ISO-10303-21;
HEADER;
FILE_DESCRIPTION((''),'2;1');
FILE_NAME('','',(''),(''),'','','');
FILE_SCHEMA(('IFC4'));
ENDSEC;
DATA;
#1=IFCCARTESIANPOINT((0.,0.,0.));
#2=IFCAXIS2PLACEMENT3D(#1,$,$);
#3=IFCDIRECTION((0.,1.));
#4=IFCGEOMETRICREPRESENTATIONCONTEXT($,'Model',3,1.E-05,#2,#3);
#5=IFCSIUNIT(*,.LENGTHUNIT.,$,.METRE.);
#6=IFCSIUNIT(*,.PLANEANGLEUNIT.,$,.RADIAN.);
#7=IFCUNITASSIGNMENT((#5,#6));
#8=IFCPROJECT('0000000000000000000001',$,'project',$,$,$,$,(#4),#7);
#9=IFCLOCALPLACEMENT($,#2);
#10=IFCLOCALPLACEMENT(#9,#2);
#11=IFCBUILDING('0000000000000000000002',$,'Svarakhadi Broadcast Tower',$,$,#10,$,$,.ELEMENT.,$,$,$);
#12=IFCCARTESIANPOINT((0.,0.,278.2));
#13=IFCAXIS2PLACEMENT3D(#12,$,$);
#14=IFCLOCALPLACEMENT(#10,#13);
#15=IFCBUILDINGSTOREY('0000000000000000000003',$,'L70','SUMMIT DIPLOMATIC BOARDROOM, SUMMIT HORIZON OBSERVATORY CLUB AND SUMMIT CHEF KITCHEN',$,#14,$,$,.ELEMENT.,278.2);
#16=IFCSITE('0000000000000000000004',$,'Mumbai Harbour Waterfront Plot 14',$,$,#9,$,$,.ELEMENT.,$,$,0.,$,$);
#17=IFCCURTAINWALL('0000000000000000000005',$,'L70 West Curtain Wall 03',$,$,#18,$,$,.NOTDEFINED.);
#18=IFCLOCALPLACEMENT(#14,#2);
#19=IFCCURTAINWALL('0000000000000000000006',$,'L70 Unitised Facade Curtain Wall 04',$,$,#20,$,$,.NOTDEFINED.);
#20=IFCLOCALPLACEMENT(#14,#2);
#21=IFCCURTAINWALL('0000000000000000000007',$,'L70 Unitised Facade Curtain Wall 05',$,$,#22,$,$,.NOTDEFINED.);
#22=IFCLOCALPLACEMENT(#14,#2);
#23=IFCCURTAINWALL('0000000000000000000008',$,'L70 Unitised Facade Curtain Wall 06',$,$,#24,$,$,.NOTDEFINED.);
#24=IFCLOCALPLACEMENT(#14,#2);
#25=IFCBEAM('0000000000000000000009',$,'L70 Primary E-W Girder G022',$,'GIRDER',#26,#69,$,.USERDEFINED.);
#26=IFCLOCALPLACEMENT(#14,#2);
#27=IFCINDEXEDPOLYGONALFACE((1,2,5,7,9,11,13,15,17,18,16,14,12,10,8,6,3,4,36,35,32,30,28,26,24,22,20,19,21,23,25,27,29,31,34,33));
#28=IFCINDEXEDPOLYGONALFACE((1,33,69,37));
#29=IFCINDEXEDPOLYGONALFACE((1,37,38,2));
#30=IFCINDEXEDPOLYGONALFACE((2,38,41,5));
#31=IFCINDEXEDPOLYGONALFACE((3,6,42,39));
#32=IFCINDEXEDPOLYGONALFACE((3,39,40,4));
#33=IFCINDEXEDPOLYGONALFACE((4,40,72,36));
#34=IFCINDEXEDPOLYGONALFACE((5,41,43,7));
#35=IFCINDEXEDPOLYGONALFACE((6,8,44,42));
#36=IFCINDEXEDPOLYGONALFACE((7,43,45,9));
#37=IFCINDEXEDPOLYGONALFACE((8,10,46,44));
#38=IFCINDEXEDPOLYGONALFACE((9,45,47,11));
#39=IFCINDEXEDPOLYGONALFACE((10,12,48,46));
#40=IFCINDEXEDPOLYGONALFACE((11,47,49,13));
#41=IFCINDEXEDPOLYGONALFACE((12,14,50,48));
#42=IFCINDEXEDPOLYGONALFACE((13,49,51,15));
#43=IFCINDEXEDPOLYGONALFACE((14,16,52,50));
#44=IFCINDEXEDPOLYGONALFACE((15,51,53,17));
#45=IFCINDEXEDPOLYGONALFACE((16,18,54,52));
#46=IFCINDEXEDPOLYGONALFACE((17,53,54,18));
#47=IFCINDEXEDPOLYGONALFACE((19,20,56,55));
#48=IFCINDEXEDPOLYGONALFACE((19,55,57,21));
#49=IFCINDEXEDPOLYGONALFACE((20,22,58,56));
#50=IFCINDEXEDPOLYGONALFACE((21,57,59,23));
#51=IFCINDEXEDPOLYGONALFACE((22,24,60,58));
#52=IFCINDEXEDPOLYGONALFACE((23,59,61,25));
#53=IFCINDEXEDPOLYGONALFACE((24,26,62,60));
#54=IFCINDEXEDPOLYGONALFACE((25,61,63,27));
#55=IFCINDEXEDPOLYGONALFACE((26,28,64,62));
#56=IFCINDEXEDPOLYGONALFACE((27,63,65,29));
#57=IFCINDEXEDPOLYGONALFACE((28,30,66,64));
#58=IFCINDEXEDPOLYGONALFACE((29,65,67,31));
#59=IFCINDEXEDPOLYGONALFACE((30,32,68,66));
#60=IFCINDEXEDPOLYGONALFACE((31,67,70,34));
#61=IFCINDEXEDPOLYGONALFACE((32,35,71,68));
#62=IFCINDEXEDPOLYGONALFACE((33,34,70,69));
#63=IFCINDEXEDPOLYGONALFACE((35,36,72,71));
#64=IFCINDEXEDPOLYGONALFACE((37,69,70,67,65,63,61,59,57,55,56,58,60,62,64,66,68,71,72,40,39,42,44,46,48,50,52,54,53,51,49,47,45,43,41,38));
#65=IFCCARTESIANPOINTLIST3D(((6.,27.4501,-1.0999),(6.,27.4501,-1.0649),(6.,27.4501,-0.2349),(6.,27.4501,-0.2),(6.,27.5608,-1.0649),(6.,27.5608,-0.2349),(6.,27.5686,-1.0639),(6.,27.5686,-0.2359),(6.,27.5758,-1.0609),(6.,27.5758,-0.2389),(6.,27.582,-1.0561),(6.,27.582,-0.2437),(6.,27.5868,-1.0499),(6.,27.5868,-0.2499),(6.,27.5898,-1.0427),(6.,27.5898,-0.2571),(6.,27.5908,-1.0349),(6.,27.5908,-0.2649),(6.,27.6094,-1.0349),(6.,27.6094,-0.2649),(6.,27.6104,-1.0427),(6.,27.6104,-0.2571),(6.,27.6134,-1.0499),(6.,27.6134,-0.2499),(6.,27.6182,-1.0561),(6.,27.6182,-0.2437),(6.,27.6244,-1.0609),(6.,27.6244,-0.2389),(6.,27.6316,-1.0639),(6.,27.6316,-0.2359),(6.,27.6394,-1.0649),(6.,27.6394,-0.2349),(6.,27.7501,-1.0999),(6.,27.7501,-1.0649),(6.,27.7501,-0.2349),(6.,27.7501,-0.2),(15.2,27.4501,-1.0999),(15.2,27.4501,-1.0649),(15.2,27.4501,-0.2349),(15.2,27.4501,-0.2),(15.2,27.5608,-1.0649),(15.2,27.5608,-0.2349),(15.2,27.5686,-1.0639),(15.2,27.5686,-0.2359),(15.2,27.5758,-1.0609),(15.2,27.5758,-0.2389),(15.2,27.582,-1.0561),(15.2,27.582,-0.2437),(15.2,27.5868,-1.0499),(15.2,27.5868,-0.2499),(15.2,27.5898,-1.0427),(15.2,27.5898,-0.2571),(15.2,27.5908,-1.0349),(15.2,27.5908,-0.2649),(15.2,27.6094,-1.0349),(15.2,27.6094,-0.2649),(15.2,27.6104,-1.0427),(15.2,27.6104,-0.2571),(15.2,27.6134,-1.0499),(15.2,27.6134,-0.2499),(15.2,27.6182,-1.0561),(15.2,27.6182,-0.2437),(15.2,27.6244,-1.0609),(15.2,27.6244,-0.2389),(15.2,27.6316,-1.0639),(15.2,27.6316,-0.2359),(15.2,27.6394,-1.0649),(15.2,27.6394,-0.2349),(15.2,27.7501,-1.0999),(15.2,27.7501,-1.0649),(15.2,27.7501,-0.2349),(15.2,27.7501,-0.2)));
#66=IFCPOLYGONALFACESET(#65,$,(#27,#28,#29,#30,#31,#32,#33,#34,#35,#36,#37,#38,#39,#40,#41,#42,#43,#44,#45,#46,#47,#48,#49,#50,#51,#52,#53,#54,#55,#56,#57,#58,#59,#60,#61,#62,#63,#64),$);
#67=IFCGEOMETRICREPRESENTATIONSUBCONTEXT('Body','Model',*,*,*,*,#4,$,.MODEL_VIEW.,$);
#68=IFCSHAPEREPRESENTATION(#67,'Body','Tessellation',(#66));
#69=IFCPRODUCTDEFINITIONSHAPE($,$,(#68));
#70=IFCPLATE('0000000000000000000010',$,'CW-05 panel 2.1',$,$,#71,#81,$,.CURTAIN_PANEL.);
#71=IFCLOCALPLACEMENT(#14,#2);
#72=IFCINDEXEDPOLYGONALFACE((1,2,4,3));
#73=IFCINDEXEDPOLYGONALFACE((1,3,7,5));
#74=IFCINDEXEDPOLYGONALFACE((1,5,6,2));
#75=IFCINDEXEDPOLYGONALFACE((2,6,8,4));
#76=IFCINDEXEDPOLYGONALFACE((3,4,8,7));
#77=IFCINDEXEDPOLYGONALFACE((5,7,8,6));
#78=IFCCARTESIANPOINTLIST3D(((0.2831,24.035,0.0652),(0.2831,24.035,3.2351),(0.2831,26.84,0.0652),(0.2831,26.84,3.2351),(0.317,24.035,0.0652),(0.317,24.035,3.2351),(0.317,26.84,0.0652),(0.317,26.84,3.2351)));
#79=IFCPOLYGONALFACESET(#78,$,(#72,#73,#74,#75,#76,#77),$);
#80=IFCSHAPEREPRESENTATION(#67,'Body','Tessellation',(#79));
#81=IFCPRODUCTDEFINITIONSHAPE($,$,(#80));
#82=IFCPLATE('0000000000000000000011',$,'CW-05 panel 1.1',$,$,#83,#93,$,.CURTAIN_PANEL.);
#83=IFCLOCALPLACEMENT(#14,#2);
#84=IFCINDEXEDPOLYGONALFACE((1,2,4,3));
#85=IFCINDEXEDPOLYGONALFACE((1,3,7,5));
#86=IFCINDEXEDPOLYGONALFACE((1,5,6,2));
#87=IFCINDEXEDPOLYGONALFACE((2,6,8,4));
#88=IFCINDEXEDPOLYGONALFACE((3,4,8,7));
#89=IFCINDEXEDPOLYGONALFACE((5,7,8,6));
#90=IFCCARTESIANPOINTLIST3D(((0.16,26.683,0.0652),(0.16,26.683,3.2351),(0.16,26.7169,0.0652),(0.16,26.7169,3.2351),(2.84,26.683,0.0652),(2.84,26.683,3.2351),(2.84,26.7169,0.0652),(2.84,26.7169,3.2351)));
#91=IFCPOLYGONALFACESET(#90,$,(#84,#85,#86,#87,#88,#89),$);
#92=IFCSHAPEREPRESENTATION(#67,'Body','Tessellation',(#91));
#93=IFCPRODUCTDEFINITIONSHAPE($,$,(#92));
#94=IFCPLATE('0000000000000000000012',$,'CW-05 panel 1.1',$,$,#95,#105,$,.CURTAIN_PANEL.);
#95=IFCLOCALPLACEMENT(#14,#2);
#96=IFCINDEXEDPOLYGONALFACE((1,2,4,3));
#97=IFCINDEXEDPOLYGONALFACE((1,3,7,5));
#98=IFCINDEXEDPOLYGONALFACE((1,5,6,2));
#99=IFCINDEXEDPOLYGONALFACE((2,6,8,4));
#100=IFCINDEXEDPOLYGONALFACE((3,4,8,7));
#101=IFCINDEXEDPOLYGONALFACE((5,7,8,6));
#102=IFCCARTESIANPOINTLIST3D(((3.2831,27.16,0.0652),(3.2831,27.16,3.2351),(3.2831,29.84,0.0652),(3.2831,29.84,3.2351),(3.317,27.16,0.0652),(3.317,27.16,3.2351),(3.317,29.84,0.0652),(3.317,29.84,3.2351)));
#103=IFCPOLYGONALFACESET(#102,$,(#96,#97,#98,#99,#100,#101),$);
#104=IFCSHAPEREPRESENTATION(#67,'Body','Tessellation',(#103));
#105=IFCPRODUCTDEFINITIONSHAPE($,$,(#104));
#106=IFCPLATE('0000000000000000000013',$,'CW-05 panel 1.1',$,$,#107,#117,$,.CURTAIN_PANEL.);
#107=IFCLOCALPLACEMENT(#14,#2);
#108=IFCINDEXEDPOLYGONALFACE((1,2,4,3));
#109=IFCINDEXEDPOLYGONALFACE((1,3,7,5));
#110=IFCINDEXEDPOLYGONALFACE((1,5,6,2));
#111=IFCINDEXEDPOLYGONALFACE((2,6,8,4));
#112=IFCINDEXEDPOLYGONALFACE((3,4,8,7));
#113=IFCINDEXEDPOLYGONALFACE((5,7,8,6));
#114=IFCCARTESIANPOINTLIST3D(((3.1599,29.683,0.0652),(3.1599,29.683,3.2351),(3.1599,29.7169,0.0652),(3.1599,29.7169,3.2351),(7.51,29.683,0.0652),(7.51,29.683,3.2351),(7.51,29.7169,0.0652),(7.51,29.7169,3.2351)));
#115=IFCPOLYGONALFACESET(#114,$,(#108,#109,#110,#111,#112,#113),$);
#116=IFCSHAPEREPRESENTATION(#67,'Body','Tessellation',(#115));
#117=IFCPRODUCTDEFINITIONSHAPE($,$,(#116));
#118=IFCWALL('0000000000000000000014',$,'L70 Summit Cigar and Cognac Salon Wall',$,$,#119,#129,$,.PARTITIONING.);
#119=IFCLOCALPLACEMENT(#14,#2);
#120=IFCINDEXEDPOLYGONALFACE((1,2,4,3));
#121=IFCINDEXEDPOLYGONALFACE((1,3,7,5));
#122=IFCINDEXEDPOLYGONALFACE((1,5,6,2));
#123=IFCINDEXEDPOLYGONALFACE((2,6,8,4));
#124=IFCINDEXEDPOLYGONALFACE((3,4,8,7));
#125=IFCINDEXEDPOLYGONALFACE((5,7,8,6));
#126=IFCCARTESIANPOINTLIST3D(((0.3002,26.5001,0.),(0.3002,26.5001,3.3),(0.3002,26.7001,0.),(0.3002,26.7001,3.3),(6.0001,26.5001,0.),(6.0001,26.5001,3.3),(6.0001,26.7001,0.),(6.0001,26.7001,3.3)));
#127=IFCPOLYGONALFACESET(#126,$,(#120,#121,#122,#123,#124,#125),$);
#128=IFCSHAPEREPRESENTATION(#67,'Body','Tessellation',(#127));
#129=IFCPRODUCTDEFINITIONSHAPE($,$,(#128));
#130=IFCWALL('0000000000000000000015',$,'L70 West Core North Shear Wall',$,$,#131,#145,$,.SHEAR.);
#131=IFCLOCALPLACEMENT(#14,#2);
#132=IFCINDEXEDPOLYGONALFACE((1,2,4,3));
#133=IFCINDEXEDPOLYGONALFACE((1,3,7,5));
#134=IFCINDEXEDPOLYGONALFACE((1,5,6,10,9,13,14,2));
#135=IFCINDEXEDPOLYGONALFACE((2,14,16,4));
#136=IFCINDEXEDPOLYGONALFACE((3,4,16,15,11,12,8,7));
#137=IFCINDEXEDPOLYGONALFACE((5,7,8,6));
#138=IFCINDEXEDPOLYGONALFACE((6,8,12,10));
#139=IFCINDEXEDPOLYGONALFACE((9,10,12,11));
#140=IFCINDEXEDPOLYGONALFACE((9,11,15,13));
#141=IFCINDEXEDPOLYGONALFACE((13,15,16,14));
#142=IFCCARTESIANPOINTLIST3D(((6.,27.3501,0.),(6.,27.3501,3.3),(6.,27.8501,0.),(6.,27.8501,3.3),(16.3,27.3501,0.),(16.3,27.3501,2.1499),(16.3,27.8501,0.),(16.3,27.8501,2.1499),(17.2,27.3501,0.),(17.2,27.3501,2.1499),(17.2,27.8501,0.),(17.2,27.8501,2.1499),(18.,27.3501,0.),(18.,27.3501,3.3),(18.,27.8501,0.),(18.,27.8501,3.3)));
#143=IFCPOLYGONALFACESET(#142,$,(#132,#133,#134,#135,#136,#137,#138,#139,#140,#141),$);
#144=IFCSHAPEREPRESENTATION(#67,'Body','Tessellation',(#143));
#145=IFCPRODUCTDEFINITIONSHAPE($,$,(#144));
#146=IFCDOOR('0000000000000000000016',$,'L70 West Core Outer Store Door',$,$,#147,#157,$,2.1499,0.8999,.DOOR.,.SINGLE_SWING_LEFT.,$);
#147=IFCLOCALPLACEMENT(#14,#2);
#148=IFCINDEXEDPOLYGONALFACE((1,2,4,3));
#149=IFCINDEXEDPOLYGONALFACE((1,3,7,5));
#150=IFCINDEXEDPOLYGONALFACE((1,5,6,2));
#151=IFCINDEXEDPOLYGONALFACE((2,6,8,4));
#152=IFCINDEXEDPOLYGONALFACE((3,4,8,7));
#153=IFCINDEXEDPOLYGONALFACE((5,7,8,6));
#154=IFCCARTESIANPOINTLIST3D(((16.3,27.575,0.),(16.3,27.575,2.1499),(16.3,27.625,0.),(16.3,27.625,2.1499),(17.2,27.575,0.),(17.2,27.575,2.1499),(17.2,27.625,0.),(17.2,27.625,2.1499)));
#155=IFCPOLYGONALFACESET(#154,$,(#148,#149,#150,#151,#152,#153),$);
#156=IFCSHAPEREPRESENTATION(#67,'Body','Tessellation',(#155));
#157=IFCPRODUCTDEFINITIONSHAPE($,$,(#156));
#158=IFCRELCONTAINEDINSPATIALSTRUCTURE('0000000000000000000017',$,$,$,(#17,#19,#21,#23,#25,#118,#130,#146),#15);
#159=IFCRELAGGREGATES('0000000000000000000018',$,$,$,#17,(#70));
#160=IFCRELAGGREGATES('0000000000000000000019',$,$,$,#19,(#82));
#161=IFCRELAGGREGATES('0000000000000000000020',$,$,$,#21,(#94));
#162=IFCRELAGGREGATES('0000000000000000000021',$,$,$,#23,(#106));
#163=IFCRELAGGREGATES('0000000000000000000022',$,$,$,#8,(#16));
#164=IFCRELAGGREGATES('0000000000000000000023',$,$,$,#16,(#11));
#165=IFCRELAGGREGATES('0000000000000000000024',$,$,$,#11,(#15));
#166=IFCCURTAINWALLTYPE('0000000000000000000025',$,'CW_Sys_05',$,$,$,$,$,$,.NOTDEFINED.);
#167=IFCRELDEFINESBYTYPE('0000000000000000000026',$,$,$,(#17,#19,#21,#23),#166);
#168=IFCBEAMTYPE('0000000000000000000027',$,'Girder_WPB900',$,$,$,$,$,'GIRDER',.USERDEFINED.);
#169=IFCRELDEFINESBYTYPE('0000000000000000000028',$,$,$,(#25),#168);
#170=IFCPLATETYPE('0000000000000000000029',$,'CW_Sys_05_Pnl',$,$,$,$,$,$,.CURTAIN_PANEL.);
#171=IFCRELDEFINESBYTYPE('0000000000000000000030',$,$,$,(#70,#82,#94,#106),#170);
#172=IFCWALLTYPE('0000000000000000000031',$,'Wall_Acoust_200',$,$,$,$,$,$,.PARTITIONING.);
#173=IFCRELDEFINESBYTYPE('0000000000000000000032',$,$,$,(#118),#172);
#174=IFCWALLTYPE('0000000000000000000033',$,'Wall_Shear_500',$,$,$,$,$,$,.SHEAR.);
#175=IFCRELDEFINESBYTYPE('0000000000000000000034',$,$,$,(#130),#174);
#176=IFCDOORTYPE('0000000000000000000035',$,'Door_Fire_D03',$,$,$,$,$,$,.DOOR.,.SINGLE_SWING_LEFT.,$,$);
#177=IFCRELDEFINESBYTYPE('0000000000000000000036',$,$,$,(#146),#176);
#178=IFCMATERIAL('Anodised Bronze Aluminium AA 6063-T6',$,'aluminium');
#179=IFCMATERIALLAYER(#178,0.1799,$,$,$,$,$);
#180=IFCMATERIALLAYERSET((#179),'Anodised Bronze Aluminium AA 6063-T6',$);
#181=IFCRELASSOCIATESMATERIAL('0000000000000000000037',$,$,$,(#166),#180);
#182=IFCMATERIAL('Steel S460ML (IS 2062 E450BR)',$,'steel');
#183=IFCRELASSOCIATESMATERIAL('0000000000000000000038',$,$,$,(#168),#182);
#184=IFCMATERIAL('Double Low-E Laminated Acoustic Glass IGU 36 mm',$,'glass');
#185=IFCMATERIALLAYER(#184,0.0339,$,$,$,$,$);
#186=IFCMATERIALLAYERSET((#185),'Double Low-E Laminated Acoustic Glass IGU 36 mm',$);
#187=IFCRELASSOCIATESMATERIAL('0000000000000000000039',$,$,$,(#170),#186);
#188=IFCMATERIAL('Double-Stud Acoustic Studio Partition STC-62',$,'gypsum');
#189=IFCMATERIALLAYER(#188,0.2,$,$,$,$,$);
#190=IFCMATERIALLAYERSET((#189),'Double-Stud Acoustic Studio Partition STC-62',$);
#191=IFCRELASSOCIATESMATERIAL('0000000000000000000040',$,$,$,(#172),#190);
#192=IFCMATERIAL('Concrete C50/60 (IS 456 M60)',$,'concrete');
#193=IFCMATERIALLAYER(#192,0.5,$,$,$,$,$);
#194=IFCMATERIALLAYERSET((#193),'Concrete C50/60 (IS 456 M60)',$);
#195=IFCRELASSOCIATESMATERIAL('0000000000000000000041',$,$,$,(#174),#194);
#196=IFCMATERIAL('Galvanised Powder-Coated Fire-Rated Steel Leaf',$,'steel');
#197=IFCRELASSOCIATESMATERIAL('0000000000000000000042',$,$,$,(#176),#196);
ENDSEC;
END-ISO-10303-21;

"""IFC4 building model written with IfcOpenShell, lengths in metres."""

from ifc_helpers import new_model, si_unit, direction, frame, frame_2d, origin, origin_2d, place, context, subcontext, project, spatial, rectangle, i_section, extrude, material, layer, layer_set, material_profile, profile_set, type_object, element, fill, aggregate, save


model = new_model("IFC4")

# Units and contexts
model_context = context("Model", 3, precision=1e-05, world=origin(), true_north=direction((0.0, 1.0)))
body_context = subcontext(model_context, "Body", "Model", "MODEL_VIEW")
ifc_project = project(units=[si_unit("LENGTHUNIT", "METRE"), si_unit("PLANEANGLEUNIT", "RADIAN")], contexts=[model_context])

# Site, building, storey
site_placement = place(None, origin())
site = spatial("IfcSite", under=ifc_project, at=site_placement, Name="Mumbai Harbour Waterfront Plot 14", CompositionType="ELEMENT", RefElevation=0.0)
building_placement = place(site_placement, origin())
building = spatial("IfcBuilding", under=site, at=building_placement, Name="Svarakhadi Broadcast Tower", CompositionType="ELEMENT")
storey_placement = place(building_placement, frame((0.0, 0.0, 278.2)))
storey = spatial("IfcBuildingStorey", under=building, at=storey_placement, Name="L70", Description="SUMMIT DIPLOMATIC BOARDROOM, SUMMIT HORIZON OBSERVATORY CLUB AND SUMMIT CHEF KITCHEN", CompositionType="ELEMENT", Elevation=278.2)

# Shared definitions
ifc_material_1 = material(Name="Concrete C50/60 (IS 456 M60)", Category="concrete")
ifc_material_2 = material(Name="Steel S460ML (IS 2062 E450BR)", Category="steel")

# Curtain wall
ifc_material_3 = material(Name="Anodised Bronze Aluminium AA 6063-T6", Category="aluminium")
ifc_layer_1 = layer(ifc_material_3, 0.1799)
ifc_layer_set_1 = layer_set([ifc_layer_1], Name="Anodised Bronze Aluminium AA 6063-T6")
curtain_wall_type = type_object("IfcCurtainWallType", Name="CW_Sys_05", PredefinedType="NOTDEFINED", material=ifc_layer_set_1)
curtain_wall_1_placement = place(storey_placement, origin())
curtain_wall_1 = element("IfcCurtainWall", 1, at=curtain_wall_1_placement, inside=storey, type_object=curtain_wall_type, Name="L70 West Curtain Wall 03", PredefinedType="NOTDEFINED")

# Curtain walls
curtain_wall_2_placement = place(storey_placement, origin())
curtain_wall_2 = element("IfcCurtainWall", 2, at=curtain_wall_2_placement, inside=storey, type_object=curtain_wall_type, Name="L70 Unitised Facade Curtain Wall 04", PredefinedType="NOTDEFINED")
curtain_wall_3_placement = place(storey_placement, origin())
curtain_wall_3 = element("IfcCurtainWall", 3, at=curtain_wall_3_placement, inside=storey, type_object=curtain_wall_type, Name="L70 Unitised Facade Curtain Wall 05", PredefinedType="NOTDEFINED")

# Curtain wall
curtain_wall_4_placement = place(storey_placement, origin())
curtain_wall_4 = element("IfcCurtainWall", 4, at=curtain_wall_4_placement, inside=storey, type_object=curtain_wall_type, Name="L70 Unitised Facade Curtain Wall 06", PredefinedType="NOTDEFINED")

# Beam
ifc_material_profile_1 = material_profile(ifc_material_2, i_section(OverallWidth=0.3, OverallDepth=0.8999, WebThickness=0.0186, FlangeThickness=0.0349, FilletRadius=0.03, at=origin_2d()), Name="WPB 900x300x291")
ifc_profile_set_1 = profile_set([ifc_material_profile_1], Name="Steel S460ML (IS 2062 E450BR)")
beam_type_1 = type_object("IfcBeamType", Name="Girder_WPB900", ElementType="GIRDER", PredefinedType="USERDEFINED", material=ifc_profile_set_1)
beam_1_placement = place(storey_placement, frame((6.0, 27.6001, -0.6499), z_axis=(1.0, 0.0, 0.0), x_axis=(0.0, 1.0, 0.0)))
element("IfcBeam", 5, at=beam_1_placement, inside=storey, type_object=beam_type_1, Name="L70 Primary E-W Girder G022", ObjectType="GIRDER", PredefinedType="USERDEFINED", context=body_context, shape_type="SweptSolid", body=[
    extrude(i_section(OverallWidth=0.3, OverallDepth=0.8999, WebThickness=0.0186, FlangeThickness=0.0349, FilletRadius=0.03, at=origin_2d()), origin(), (0.0, 0.0, 1.0), 9.2),
])

# Plates
ifc_material_4 = material(Name="Double Low-E Laminated Acoustic Glass IGU 36 mm", Category="glass")
ifc_layer_2 = layer(ifc_material_4, 0.0339)
ifc_layer_set_2 = layer_set([ifc_layer_2], Name="Double Low-E Laminated Acoustic Glass IGU 36 mm")
plate_type = type_object("IfcPlateType", Name="CW_Sys_05_Pnl", PredefinedType="CURTAIN_PANEL", material=ifc_layer_set_2)
plate_1_placement = place(storey_placement, frame((0.3, 25.4375, 0.0652), z_axis=(0.0, 0.0, 1.0), x_axis=(0.0, 1.0, 0.0)))
plate_1 = element("IfcPlate", 6, at=plate_1_placement, type_object=plate_type, Name="CW-05 panel 2.1", PredefinedType="CURTAIN_PANEL", context=body_context, shape_type="SweptSolid", body=[
    extrude(rectangle(XDim=2.8049, YDim=0.0339, at=origin_2d()), origin(), (0.0, 0.0, 1.0), 3.1699),
])
aggregate(curtain_wall_1, [plate_1])
plate_2_placement = place(storey_placement, frame((1.5, 26.7, 0.0652), z_axis=(0.0, 0.0, 1.0), x_axis=(1.0, 0.0, 0.0)))
plate_2 = element("IfcPlate", 7, at=plate_2_placement, type_object=plate_type, Name="CW-05 panel 1.1", PredefinedType="CURTAIN_PANEL", context=body_context, shape_type="SweptSolid", body=[
    extrude(rectangle(XDim=2.6799, YDim=0.0339, at=origin_2d()), origin(), (0.0, 0.0, 1.0), 3.1699),
])
aggregate(curtain_wall_2, [plate_2])
plate_3_placement = place(storey_placement, frame((3.3, 28.5, 0.0652), z_axis=(0.0, 0.0, 1.0), x_axis=(0.0, 1.0, 0.0)))
plate_3 = element("IfcPlate", 8, at=plate_3_placement, type_object=plate_type, Name="CW-05 panel 1.1", PredefinedType="CURTAIN_PANEL", context=body_context, shape_type="SweptSolid", body=[
    extrude(rectangle(XDim=2.6799, YDim=0.0339, at=origin_2d()), origin(), (0.0, 0.0, 1.0), 3.1699),
])
aggregate(curtain_wall_3, [plate_3])
plate_4_placement = place(storey_placement, frame((5.335, 29.7, 0.0652), z_axis=(0.0, 0.0, 1.0), x_axis=(1.0, 0.0, 0.0)))
plate_4 = element("IfcPlate", 9, at=plate_4_placement, type_object=plate_type, Name="CW-05 panel 1.1", PredefinedType="CURTAIN_PANEL", context=body_context, shape_type="SweptSolid", body=[
    extrude(rectangle(XDim=4.3501, YDim=0.0339, at=origin_2d()), origin(), (0.0, 0.0, 1.0), 3.1699),
])
aggregate(curtain_wall_4, [plate_4])

# Wall
ifc_material_5 = material(Name="Double-Stud Acoustic Studio Partition STC-62", Category="gypsum")
ifc_layer_3 = layer(ifc_material_5, 0.2)
ifc_layer_set_3 = layer_set([ifc_layer_3], Name="Double-Stud Acoustic Studio Partition STC-62")
wall_type_1 = type_object("IfcWallType", Name="Wall_Acoust_200", PredefinedType="PARTITIONING", material=ifc_layer_set_3)
wall_1_placement = place(storey_placement, frame((0.3, 26.6001, 0.0), z_axis=(0.0, 0.0, 1.0), x_axis=(1.0, 0.0, 0.0)))
element("IfcWall", 10, at=wall_1_placement, inside=storey, type_object=wall_type_1, Name="L70 Summit Cigar and Cognac Salon Wall", PredefinedType="PARTITIONING", context=body_context, shape_type="SweptSolid", body=[
    extrude(rectangle(XDim=5.7, YDim=0.2, at=frame_2d((2.8501, 0.0))), origin(), (0.0, 0.0, 1.0), 3.3),
])

# Wall, opening, door
ifc_layer_4 = layer(ifc_material_1, 0.5)
ifc_layer_set_4 = layer_set([ifc_layer_4], Name="Concrete C50/60 (IS 456 M60)")
wall_type_2 = type_object("IfcWallType", Name="Wall_Shear_500", PredefinedType="SHEAR", material=ifc_layer_set_4)
wall_2_placement = place(storey_placement, frame((6.0, 27.6001, 0.0), z_axis=(0.0, 0.0, 1.0), x_axis=(1.0, 0.0, 0.0)))
wall_2 = element("IfcWall", 11, at=wall_2_placement, inside=storey, type_object=wall_type_2, Name="L70 West Core North Shear Wall", PredefinedType="SHEAR", context=body_context, shape_type="SweptSolid", body=[
    extrude(rectangle(XDim=12.0, YDim=0.5, at=frame_2d((6.0, 0.0))), origin(), (0.0, 0.0, 1.0), 3.3),
])
opening_placement = place(wall_2_placement, frame((10.3, 0.0, 0.0)))
opening = element("IfcOpeningElement", 12, at=opening_placement, cuts=wall_2, PredefinedType="OPENING", context=body_context, shape_type="SweptSolid", body=[
    extrude(rectangle(XDim=0.8999, YDim=2.1499, at=frame_2d((0.45, 1.075))), frame((0.0, 0.26, 0.0), z_axis=(0.0, -1.0, 0.0), x_axis=(1.0, 0.0, 0.0)), (0.0, 0.0, 1.0), 0.52),
])
ifc_material_6 = material(Name="Galvanised Powder-Coated Fire-Rated Steel Leaf", Category="steel")
door_type = type_object("IfcDoorType", Name="Door_Fire_D03", OperationType="SINGLE_SWING_LEFT", PredefinedType="DOOR", material=ifc_material_6)
door_placement = place(opening_placement, origin())
door = element("IfcDoor", 13, at=door_placement, inside=storey, type_object=door_type, Name="L70 West Core Outer Store Door", OperationType="SINGLE_SWING_LEFT", OverallHeight=2.1499, OverallWidth=0.8999, PredefinedType="DOOR", context=body_context, shape_type="SweptSolid", body=[
    extrude(rectangle(XDim=0.8999, YDim=2.1499, at=frame_2d((0.45, 1.075))), frame((0.0, 0.0249, 0.0), z_axis=(0.0, -1.0, 0.0), x_axis=(1.0, 0.0, 0.0)), (0.0, 0.0, 1.0), 0.05),
])
fill(opening, door)

save(model, "model.ifc")
